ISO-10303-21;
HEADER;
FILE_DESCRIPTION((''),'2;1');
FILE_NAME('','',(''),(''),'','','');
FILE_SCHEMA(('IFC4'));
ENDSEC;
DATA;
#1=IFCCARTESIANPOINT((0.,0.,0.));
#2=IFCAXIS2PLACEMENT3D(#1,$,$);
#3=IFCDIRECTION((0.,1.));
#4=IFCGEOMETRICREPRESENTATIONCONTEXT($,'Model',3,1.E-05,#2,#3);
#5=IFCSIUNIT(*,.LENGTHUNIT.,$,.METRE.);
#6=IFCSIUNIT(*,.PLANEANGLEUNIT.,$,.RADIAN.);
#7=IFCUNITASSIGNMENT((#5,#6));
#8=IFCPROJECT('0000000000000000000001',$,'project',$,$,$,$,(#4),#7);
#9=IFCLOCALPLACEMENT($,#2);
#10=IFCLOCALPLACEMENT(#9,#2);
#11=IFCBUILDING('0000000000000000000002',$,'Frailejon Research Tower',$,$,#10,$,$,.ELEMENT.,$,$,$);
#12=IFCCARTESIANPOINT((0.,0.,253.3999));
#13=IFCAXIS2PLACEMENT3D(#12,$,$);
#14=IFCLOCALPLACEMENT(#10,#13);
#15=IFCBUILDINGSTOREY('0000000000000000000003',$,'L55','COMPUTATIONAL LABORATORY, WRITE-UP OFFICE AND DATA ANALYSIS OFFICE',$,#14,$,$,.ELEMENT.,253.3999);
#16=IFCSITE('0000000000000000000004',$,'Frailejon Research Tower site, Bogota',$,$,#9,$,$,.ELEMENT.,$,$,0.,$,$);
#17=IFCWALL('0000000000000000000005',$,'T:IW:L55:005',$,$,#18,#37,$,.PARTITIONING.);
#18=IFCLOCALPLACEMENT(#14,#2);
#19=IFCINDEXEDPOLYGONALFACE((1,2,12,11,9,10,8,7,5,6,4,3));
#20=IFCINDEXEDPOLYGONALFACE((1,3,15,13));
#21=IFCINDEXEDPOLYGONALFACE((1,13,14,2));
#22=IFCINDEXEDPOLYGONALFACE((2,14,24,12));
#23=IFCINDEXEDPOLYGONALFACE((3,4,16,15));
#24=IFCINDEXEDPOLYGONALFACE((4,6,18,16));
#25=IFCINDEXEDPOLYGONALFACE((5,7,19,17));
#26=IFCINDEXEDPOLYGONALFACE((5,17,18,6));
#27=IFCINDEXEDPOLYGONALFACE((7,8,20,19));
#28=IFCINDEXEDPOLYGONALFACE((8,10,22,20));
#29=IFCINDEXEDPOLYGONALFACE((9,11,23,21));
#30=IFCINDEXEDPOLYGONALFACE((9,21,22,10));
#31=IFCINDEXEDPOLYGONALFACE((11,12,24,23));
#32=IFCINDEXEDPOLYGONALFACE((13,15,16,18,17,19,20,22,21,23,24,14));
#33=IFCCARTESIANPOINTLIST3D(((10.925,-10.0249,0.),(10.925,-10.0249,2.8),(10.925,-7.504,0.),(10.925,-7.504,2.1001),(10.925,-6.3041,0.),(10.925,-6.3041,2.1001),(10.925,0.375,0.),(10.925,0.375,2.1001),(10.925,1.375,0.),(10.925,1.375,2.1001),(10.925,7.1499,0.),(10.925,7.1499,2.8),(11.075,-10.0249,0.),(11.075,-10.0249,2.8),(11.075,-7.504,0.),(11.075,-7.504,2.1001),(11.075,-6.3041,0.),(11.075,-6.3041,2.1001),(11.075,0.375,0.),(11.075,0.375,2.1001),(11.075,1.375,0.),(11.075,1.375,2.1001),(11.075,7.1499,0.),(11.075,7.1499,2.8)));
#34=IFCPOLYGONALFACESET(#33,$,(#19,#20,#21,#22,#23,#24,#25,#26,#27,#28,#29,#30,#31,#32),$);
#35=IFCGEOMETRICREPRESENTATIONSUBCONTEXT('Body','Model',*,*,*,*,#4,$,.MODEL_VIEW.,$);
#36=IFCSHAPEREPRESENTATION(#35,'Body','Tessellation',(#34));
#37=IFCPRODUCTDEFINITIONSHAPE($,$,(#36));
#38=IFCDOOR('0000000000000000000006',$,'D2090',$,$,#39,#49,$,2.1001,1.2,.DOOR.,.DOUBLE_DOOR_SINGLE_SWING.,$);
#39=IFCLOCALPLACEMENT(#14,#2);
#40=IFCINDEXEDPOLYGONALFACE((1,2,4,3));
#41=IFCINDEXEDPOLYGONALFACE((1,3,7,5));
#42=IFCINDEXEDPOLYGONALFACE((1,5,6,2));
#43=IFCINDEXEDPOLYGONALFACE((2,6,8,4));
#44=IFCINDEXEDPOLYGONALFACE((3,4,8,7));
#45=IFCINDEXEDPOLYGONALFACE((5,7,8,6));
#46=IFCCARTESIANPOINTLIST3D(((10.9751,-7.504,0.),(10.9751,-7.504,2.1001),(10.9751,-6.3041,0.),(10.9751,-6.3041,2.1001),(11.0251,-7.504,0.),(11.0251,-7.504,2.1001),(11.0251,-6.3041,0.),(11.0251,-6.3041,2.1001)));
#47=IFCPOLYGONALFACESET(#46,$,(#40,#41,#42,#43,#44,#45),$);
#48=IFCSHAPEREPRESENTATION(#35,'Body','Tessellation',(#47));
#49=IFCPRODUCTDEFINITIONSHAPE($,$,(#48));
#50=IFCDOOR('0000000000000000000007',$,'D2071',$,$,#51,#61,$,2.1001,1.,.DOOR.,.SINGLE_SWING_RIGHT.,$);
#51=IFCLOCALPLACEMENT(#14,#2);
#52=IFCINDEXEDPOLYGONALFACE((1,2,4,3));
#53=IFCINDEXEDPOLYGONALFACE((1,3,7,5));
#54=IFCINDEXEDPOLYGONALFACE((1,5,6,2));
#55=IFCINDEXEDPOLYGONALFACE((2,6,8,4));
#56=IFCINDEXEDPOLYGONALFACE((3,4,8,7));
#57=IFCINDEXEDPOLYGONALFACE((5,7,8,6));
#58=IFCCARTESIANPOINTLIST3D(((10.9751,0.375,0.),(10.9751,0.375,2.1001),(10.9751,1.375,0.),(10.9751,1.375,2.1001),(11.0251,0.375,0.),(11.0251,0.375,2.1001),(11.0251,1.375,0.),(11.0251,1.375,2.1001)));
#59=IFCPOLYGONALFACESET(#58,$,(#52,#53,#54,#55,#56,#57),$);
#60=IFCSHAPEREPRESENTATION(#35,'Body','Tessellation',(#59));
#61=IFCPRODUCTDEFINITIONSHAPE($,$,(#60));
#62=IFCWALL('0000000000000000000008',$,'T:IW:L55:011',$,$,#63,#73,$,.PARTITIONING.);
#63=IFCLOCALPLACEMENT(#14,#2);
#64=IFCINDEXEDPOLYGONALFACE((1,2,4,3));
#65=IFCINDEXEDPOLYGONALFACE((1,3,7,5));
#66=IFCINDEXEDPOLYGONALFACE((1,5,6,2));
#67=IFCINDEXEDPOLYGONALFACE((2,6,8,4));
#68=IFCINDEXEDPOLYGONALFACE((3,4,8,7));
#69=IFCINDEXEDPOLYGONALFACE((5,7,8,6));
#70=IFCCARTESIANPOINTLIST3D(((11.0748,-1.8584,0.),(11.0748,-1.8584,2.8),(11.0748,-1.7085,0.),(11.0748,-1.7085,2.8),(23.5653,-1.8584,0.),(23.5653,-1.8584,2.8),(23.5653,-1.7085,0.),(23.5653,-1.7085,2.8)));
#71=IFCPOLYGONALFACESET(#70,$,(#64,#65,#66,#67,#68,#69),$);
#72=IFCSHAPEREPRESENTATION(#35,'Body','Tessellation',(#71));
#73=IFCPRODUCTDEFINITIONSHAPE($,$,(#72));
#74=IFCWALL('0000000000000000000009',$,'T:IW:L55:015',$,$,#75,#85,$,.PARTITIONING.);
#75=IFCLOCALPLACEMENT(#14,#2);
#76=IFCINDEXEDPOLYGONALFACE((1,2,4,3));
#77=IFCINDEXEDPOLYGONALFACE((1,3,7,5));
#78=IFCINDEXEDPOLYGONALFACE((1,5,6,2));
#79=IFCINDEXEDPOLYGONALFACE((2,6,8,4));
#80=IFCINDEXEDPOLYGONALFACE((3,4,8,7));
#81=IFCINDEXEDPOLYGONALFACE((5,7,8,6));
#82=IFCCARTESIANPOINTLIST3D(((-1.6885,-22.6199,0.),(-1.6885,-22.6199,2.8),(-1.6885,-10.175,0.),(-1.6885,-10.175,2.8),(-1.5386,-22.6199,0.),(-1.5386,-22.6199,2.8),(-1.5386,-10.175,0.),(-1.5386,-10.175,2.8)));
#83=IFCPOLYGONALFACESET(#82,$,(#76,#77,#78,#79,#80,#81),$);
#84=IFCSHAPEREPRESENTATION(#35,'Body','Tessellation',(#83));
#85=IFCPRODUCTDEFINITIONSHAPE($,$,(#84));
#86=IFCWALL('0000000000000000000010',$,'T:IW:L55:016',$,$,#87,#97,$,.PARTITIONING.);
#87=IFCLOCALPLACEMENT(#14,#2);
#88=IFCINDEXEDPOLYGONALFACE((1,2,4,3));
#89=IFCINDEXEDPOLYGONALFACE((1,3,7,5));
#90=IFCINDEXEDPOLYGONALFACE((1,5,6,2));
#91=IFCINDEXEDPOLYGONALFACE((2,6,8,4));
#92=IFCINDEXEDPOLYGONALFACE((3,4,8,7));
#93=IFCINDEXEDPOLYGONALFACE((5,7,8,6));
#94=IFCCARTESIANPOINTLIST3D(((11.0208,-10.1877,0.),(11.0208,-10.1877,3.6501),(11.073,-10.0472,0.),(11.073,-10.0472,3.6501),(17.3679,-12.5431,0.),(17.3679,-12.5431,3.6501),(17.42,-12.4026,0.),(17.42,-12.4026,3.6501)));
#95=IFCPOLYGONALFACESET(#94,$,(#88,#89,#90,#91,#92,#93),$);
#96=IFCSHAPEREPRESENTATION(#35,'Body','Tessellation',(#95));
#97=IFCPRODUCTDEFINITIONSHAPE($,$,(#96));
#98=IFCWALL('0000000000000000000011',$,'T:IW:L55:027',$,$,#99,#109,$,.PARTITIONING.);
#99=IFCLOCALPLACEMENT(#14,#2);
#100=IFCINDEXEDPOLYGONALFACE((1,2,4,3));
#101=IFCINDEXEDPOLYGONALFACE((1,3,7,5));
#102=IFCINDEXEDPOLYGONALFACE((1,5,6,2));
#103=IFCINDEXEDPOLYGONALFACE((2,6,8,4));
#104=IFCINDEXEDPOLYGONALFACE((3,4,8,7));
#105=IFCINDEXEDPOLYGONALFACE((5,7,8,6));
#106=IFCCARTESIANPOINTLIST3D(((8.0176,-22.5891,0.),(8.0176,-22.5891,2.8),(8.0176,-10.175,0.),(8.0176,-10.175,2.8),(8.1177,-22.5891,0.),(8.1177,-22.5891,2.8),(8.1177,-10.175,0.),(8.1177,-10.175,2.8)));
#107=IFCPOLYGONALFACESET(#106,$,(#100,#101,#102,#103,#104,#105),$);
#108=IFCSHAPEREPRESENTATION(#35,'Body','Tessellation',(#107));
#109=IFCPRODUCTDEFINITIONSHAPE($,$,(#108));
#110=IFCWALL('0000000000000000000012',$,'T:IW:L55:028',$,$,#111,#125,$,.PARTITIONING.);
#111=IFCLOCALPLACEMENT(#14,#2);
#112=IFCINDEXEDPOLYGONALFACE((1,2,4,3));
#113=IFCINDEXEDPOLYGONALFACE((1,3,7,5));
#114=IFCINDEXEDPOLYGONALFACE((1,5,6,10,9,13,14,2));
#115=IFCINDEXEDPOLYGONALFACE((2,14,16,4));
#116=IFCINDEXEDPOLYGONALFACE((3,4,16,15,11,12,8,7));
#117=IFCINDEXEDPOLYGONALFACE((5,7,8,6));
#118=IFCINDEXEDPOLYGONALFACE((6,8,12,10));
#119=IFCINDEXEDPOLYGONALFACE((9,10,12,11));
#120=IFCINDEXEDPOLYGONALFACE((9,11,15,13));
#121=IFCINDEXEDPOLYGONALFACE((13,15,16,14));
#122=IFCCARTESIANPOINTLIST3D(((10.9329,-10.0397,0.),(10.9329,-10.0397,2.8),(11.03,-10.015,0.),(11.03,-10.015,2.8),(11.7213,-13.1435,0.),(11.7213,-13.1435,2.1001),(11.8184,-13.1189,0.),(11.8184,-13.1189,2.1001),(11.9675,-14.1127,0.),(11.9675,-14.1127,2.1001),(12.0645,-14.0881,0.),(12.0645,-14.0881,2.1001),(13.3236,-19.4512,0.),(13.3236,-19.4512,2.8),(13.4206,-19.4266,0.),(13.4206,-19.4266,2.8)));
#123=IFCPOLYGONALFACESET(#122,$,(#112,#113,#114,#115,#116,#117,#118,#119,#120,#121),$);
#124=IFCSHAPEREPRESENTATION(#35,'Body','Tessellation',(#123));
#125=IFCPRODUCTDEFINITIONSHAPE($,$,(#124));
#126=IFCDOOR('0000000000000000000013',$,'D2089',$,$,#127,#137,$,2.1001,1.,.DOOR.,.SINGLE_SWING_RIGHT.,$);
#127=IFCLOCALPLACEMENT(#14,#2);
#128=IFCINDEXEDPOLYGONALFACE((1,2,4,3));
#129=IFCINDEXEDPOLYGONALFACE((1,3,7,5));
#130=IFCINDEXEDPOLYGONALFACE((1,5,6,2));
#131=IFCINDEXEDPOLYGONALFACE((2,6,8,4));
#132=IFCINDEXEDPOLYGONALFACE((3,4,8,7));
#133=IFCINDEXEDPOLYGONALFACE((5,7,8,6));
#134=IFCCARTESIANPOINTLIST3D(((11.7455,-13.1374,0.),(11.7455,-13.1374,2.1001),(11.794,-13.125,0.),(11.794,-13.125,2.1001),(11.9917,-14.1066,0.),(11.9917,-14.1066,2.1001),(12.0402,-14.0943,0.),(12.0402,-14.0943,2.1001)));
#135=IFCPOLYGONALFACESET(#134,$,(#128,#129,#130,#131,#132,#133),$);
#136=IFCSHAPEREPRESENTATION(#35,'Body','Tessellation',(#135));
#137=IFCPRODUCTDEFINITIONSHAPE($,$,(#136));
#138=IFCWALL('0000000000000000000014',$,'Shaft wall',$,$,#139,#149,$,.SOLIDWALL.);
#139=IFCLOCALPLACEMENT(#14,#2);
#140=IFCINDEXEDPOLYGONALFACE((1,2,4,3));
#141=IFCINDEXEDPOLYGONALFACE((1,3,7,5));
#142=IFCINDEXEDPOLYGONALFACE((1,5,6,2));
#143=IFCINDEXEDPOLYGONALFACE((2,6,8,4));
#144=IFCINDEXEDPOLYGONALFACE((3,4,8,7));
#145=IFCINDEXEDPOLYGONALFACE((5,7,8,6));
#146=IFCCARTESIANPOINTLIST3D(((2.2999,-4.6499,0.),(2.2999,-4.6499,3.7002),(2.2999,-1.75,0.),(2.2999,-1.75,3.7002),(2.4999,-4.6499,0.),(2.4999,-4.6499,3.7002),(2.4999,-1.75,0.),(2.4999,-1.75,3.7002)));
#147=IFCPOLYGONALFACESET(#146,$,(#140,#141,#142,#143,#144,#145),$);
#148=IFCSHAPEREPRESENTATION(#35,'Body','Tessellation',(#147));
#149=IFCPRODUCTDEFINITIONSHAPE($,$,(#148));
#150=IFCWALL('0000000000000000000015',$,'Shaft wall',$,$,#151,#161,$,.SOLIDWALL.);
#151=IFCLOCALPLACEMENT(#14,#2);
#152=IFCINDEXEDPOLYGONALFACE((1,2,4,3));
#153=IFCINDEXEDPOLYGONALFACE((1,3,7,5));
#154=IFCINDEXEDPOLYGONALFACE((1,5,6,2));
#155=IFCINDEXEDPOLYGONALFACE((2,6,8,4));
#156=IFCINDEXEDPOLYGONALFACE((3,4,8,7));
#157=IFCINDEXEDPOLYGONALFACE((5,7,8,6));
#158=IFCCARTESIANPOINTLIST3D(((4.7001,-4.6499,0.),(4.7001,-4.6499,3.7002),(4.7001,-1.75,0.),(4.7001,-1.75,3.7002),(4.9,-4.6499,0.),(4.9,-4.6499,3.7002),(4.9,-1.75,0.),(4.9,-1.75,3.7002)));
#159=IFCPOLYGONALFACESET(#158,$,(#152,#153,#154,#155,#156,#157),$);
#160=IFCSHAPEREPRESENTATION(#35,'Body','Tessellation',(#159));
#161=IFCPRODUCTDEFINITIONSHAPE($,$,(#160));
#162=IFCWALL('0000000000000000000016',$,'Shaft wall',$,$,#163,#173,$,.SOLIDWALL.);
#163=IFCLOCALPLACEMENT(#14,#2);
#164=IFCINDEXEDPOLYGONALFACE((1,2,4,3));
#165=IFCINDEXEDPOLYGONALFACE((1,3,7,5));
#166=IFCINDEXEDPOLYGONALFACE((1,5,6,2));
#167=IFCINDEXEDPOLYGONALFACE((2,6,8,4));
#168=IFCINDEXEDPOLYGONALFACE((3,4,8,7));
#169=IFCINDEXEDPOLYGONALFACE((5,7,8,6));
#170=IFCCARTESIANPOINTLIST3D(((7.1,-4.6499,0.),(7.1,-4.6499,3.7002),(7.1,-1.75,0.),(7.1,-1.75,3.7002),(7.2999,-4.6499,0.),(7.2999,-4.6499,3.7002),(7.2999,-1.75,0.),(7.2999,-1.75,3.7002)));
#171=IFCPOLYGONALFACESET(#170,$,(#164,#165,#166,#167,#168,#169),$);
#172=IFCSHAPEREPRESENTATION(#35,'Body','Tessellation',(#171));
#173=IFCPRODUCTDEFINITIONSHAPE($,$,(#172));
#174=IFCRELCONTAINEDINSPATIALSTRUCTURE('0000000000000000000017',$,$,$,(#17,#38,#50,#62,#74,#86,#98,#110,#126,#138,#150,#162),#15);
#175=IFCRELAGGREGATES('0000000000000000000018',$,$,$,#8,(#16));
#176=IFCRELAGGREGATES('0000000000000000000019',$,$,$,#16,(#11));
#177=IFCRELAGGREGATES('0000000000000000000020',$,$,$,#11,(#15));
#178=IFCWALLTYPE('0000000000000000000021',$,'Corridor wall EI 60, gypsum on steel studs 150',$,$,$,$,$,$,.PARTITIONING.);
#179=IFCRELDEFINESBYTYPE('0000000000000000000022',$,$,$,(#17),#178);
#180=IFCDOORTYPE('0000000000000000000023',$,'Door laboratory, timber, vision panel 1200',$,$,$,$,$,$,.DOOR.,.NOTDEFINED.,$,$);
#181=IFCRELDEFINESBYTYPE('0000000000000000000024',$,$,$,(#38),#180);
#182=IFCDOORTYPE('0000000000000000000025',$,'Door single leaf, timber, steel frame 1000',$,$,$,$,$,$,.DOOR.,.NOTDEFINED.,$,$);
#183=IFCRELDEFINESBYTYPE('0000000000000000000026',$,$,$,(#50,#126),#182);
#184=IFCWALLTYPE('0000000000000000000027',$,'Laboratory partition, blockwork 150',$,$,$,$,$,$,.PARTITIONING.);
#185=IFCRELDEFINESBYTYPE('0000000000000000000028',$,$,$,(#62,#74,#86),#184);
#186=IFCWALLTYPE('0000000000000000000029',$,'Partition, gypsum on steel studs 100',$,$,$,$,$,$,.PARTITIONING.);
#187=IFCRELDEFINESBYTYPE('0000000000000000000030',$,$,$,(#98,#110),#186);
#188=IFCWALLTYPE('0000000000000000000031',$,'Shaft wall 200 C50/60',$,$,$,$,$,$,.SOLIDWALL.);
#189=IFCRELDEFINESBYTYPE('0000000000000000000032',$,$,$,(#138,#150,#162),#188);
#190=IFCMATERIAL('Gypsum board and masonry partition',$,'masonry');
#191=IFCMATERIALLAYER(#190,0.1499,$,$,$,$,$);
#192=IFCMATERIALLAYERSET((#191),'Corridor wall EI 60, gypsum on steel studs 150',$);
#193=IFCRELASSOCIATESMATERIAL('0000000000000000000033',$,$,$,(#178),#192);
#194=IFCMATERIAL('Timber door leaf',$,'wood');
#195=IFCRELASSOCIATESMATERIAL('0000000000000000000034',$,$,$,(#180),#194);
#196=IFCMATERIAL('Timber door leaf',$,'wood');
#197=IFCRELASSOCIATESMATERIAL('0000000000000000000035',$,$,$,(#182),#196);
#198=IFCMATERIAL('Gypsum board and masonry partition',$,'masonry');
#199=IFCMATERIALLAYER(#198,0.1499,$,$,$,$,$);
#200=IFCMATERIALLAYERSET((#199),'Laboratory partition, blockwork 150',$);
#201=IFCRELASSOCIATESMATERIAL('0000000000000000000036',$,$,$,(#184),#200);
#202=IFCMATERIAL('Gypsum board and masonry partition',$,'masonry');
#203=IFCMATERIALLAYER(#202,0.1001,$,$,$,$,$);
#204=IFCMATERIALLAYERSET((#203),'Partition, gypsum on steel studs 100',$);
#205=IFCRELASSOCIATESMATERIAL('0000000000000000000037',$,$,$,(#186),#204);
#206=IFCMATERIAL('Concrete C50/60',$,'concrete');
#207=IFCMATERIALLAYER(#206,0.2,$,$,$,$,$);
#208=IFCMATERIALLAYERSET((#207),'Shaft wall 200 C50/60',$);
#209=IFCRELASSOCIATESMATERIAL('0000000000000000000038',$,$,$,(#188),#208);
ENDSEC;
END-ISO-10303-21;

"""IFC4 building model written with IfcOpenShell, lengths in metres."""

from ifc_helpers import new_model, si_unit, direction, frame, frame_2d, origin, place, context, subcontext, project, spatial, rectangle, extrude, material, layer, layer_set, type_object, element, fill, save


model = new_model("IFC4")

# Units and contexts
model_context = context("Model", 3, precision=1e-05, world=origin(), true_north=direction((0.0, 1.0)))
body_context = subcontext(model_context, "Body", "Model", "MODEL_VIEW")
ifc_project = project(units=[si_unit("LENGTHUNIT", "METRE"), si_unit("PLANEANGLEUNIT", "RADIAN")], contexts=[model_context])

# Site, building, storey
site_placement = place(None, origin())
site = spatial("IfcSite", under=ifc_project, at=site_placement, Name="Frailejon Research Tower site, Bogota", CompositionType="ELEMENT", RefElevation=0.0)
building_placement = place(site_placement, origin())
building = spatial("IfcBuilding", under=site, at=building_placement, Name="Frailejon Research Tower", CompositionType="ELEMENT")
storey_placement = place(building_placement, frame((0.0, 0.0, 253.3999)))
storey = spatial("IfcBuildingStorey", under=building, at=storey_placement, Name="L55", Description="COMPUTATIONAL LABORATORY, WRITE-UP OFFICE AND DATA ANALYSIS OFFICE", CompositionType="ELEMENT", Elevation=253.3999)

# Wall, openings, doors
ifc_material_1 = material(Name="Gypsum board and masonry partition", Category="masonry")
ifc_layer_1 = layer(ifc_material_1, 0.1499)
ifc_layer_set_1 = layer_set([ifc_layer_1], Name="Corridor wall EI 60, gypsum on steel studs 150")
wall_type_1 = type_object("IfcWallType", Name="Corridor wall EI 60, gypsum on steel studs 150", PredefinedType="PARTITIONING", material=ifc_layer_set_1)
wall_1_placement = place(storey_placement, frame((11.0, -10.0249, 0.0), z_axis=(0.0, 0.0, 1.0), x_axis=(0.0, 1.0, 0.0)))
wall_1 = element("IfcWall", 1, at=wall_1_placement, inside=storey, type_object=wall_type_1, Name="T:IW:L55:005", PredefinedType="PARTITIONING", context=body_context, shape_type="SweptSolid", body=[
    extrude(rectangle(XDim=17.1748, YDim=0.1499, at=frame_2d((8.5874, 0.0))), origin(), (0.0, 0.0, 1.0), 2.8),
])
opening_1_placement = place(wall_1_placement, frame((10.3999, 0.0, 0.0)))
opening_1 = element("IfcOpeningElement", 2, at=opening_1_placement, cuts=wall_1, PredefinedType="OPENING", context=body_context, shape_type="SweptSolid", body=[
    extrude(rectangle(XDim=1.0, YDim=2.1001, at=frame_2d((0.5, 1.05))), frame((0.0, 0.085, 0.0), z_axis=(0.0, -1.0, 0.0), x_axis=(1.0, 0.0, 0.0)), (0.0, 0.0, 1.0), 0.1699),
])
opening_2_placement = place(wall_1_placement, frame((2.5208, 0.0, 0.0)))
opening_2 = element("IfcOpeningElement", 3, at=opening_2_placement, cuts=wall_1, PredefinedType="OPENING", context=body_context, shape_type="SweptSolid", body=[
    extrude(rectangle(XDim=1.2, YDim=2.1001, at=frame_2d((0.6001, 1.05))), frame((0.0, 0.085, 0.0), z_axis=(0.0, -1.0, 0.0), x_axis=(1.0, 0.0, 0.0)), (0.0, 0.0, 1.0), 0.1699),
])
ifc_material_2 = material(Name="Timber door leaf", Category="wood")
door_type_1 = type_object("IfcDoorType", Name="Door laboratory, timber, vision panel 1200", OperationType="NOTDEFINED", PredefinedType="DOOR", material=ifc_material_2)
door_1_placement = place(opening_2_placement, origin())
door_1 = element("IfcDoor", 4, at=door_1_placement, inside=storey, type_object=door_type_1, Name="D2090", OperationType="DOUBLE_DOOR_SINGLE_SWING", OverallHeight=2.1001, OverallWidth=1.2, PredefinedType="DOOR", context=body_context, shape_type="SweptSolid", body=[
    extrude(rectangle(XDim=1.2, YDim=2.1001, at=frame_2d((0.6001, 1.05))), frame((0.0, 0.0249, 0.0), z_axis=(0.0, -1.0, 0.0), x_axis=(1.0, 0.0, 0.0)), (0.0, 0.0, 1.0), 0.05),
])
fill(opening_2, door_1)
ifc_material_3 = material(Name="Timber door leaf", Category="wood")
door_type_2 = type_object("IfcDoorType", Name="Door single leaf, timber, steel frame 1000", OperationType="NOTDEFINED", PredefinedType="DOOR", material=ifc_material_3)
door_2_placement = place(opening_1_placement, origin())
door_2 = element("IfcDoor", 5, at=door_2_placement, inside=storey, type_object=door_type_2, Name="D2071", OperationType="SINGLE_SWING_RIGHT", OverallHeight=2.1001, OverallWidth=1.0, PredefinedType="DOOR", context=body_context, shape_type="SweptSolid", body=[
    extrude(rectangle(XDim=1.0, YDim=2.1001, at=frame_2d((0.5, 1.05))), frame((0.0, 0.0249, 0.0), z_axis=(0.0, -1.0, 0.0), x_axis=(1.0, 0.0, 0.0)), (0.0, 0.0, 1.0), 0.05),
])
fill(opening_1, door_2)

# Walls
ifc_material_4 = material(Name="Gypsum board and masonry partition", Category="masonry")
ifc_layer_2 = layer(ifc_material_4, 0.1499)
ifc_layer_set_2 = layer_set([ifc_layer_2], Name="Laboratory partition, blockwork 150")
wall_type_2 = type_object("IfcWallType", Name="Laboratory partition, blockwork 150", PredefinedType="PARTITIONING", material=ifc_layer_set_2)
wall_2_placement = place(storey_placement, frame((11.075, -1.7834, 0.0), z_axis=(0.0, 0.0, 1.0), x_axis=(1.0, 0.0, 0.0)))
element("IfcWall", 6, at=wall_2_placement, inside=storey, type_object=wall_type_2, Name="T:IW:L55:011", PredefinedType="PARTITIONING", context=body_context, shape_type="SweptSolid", body=[
    extrude(rectangle(XDim=12.4905, YDim=0.1499, at=frame_2d((6.2451, 0.0))), origin(), (0.0, 0.0, 1.0), 2.8),
])
wall_3_placement = place(storey_placement, frame((-1.6135, -22.6199, 0.0), z_axis=(0.0, 0.0, 1.0), x_axis=(0.0, 1.0, 0.0)))
element("IfcWall", 7, at=wall_3_placement, inside=storey, type_object=wall_type_2, Name="T:IW:L55:015", PredefinedType="PARTITIONING", context=body_context, shape_type="SweptSolid", body=[
    extrude(rectangle(XDim=12.4448, YDim=0.1499, at=frame_2d((6.2224, 0.0))), origin(), (0.0, 0.0, 1.0), 2.8),
])
wall_4_placement = place(storey_placement, frame((11.0469, -10.1174, 0.0), z_axis=(0.0, 0.0, 1.0), x_axis=(0.937524, -0.34792, 0.0)))
element("IfcWall", 8, at=wall_4_placement, inside=storey, type_object=wall_type_2, Name="T:IW:L55:016", PredefinedType="PARTITIONING", context=body_context, shape_type="SweptSolid", body=[
    extrude(rectangle(XDim=6.77, YDim=0.1499, at=frame_2d((3.385, 0.0))), origin(), (0.0, 0.0, 1.0), 3.6501),
])
ifc_material_5 = material(Name="Gypsum board and masonry partition", Category="masonry")
ifc_layer_3 = layer(ifc_material_5, 0.1001)
ifc_layer_set_3 = layer_set([ifc_layer_3], Name="Partition, gypsum on steel studs 100")
wall_type_3 = type_object("IfcWallType", Name="Partition, gypsum on steel studs 100", PredefinedType="PARTITIONING", material=ifc_layer_set_3)
wall_5_placement = place(storey_placement, frame((8.0676, -22.5891, 0.0), z_axis=(0.0, 0.0, 1.0), x_axis=(0.0, 1.0, 0.0)))
element("IfcWall", 9, at=wall_5_placement, inside=storey, type_object=wall_type_3, Name="T:IW:L55:027", PredefinedType="PARTITIONING", context=body_context, shape_type="SweptSolid", body=[
    extrude(rectangle(XDim=12.4141, YDim=0.1001, at=frame_2d((6.207, 0.0))), origin(), (0.0, 0.0, 1.0), 2.8),
])

# Wall, opening, door
wall_6_placement = place(storey_placement, frame((10.9814, -10.0273, 0.0), z_axis=(0.0, 0.0, 1.0), x_axis=(0.24619, -0.969222, 0.0)))
wall_6 = element("IfcWall", 10, at=wall_6_placement, inside=storey, type_object=wall_type_3, Name="T:IW:L55:028", PredefinedType="PARTITIONING", context=body_context, shape_type="SweptSolid", body=[
    extrude(rectangle(XDim=9.7104, YDim=0.1001, at=frame_2d((4.8552, 0.0))), origin(), (0.0, 0.0, 1.0), 2.8),
])
opening_3_placement = place(wall_6_placement, frame((3.2024, 0.0, 0.0)))
opening_3 = element("IfcOpeningElement", 11, at=opening_3_placement, cuts=wall_6, PredefinedType="OPENING", context=body_context, shape_type="SweptSolid", body=[
    extrude(rectangle(XDim=1.0, YDim=2.1001, at=frame_2d((0.5, 1.05))), frame((0.0, 0.0601, 0.0), z_axis=(0.0, -1.0, 0.0), x_axis=(1.0, 0.0, 0.0)), (0.0, 0.0, 1.0), 0.1201),
])
door_3_placement = place(opening_3_placement, origin())
door_3 = element("IfcDoor", 12, at=door_3_placement, inside=storey, type_object=door_type_2, Name="D2089", OperationType="SINGLE_SWING_RIGHT", OverallHeight=2.1001, OverallWidth=1.0, PredefinedType="DOOR", context=body_context, shape_type="SweptSolid", body=[
    extrude(rectangle(XDim=1.0, YDim=2.1001, at=frame_2d((0.5, 1.05))), frame((0.0, 0.0249, 0.0), z_axis=(0.0, -1.0, 0.0), x_axis=(1.0, 0.0, 0.0)), (0.0, 0.0, 1.0), 0.05),
])
fill(opening_3, door_3)

# Walls
ifc_material_6 = material(Name="Concrete C50/60", Category="concrete")
ifc_layer_4 = layer(ifc_material_6, 0.2)
ifc_layer_set_4 = layer_set([ifc_layer_4], Name="Shaft wall 200 C50/60")
wall_type_4 = type_object("IfcWallType", Name="Shaft wall 200 C50/60", PredefinedType="SOLIDWALL", material=ifc_layer_set_4)
for number, where, z_axis, x_axis, name in (
    (13, (2.3999, -4.6499, 0.0), (0.0, 0.0, 1.0), (0.0, 1.0, 0.0), "Shaft wall"),
    (14, (4.8, -4.6499, 0.0), (0.0, 0.0, 1.0), (0.0, 1.0, 0.0), "Shaft wall"),
    (15, (7.2, -4.6499, 0.0), (0.0, 0.0, 1.0), (0.0, 1.0, 0.0), "Shaft wall"),
):
    element("IfcWall", number, at=place(storey_placement, frame(where, z_axis=z_axis, x_axis=x_axis)), inside=storey, type_object=wall_type_4, Name=name, PredefinedType="SOLIDWALL", context=body_context, shape_type="SweptSolid", body=[
        extrude(rectangle(XDim=2.8999, YDim=0.2, at=frame_2d((1.45, 0.0))), origin(), (0.0, 0.0, 1.0), 3.7002),
    ])

save(model, "model.ifc")
